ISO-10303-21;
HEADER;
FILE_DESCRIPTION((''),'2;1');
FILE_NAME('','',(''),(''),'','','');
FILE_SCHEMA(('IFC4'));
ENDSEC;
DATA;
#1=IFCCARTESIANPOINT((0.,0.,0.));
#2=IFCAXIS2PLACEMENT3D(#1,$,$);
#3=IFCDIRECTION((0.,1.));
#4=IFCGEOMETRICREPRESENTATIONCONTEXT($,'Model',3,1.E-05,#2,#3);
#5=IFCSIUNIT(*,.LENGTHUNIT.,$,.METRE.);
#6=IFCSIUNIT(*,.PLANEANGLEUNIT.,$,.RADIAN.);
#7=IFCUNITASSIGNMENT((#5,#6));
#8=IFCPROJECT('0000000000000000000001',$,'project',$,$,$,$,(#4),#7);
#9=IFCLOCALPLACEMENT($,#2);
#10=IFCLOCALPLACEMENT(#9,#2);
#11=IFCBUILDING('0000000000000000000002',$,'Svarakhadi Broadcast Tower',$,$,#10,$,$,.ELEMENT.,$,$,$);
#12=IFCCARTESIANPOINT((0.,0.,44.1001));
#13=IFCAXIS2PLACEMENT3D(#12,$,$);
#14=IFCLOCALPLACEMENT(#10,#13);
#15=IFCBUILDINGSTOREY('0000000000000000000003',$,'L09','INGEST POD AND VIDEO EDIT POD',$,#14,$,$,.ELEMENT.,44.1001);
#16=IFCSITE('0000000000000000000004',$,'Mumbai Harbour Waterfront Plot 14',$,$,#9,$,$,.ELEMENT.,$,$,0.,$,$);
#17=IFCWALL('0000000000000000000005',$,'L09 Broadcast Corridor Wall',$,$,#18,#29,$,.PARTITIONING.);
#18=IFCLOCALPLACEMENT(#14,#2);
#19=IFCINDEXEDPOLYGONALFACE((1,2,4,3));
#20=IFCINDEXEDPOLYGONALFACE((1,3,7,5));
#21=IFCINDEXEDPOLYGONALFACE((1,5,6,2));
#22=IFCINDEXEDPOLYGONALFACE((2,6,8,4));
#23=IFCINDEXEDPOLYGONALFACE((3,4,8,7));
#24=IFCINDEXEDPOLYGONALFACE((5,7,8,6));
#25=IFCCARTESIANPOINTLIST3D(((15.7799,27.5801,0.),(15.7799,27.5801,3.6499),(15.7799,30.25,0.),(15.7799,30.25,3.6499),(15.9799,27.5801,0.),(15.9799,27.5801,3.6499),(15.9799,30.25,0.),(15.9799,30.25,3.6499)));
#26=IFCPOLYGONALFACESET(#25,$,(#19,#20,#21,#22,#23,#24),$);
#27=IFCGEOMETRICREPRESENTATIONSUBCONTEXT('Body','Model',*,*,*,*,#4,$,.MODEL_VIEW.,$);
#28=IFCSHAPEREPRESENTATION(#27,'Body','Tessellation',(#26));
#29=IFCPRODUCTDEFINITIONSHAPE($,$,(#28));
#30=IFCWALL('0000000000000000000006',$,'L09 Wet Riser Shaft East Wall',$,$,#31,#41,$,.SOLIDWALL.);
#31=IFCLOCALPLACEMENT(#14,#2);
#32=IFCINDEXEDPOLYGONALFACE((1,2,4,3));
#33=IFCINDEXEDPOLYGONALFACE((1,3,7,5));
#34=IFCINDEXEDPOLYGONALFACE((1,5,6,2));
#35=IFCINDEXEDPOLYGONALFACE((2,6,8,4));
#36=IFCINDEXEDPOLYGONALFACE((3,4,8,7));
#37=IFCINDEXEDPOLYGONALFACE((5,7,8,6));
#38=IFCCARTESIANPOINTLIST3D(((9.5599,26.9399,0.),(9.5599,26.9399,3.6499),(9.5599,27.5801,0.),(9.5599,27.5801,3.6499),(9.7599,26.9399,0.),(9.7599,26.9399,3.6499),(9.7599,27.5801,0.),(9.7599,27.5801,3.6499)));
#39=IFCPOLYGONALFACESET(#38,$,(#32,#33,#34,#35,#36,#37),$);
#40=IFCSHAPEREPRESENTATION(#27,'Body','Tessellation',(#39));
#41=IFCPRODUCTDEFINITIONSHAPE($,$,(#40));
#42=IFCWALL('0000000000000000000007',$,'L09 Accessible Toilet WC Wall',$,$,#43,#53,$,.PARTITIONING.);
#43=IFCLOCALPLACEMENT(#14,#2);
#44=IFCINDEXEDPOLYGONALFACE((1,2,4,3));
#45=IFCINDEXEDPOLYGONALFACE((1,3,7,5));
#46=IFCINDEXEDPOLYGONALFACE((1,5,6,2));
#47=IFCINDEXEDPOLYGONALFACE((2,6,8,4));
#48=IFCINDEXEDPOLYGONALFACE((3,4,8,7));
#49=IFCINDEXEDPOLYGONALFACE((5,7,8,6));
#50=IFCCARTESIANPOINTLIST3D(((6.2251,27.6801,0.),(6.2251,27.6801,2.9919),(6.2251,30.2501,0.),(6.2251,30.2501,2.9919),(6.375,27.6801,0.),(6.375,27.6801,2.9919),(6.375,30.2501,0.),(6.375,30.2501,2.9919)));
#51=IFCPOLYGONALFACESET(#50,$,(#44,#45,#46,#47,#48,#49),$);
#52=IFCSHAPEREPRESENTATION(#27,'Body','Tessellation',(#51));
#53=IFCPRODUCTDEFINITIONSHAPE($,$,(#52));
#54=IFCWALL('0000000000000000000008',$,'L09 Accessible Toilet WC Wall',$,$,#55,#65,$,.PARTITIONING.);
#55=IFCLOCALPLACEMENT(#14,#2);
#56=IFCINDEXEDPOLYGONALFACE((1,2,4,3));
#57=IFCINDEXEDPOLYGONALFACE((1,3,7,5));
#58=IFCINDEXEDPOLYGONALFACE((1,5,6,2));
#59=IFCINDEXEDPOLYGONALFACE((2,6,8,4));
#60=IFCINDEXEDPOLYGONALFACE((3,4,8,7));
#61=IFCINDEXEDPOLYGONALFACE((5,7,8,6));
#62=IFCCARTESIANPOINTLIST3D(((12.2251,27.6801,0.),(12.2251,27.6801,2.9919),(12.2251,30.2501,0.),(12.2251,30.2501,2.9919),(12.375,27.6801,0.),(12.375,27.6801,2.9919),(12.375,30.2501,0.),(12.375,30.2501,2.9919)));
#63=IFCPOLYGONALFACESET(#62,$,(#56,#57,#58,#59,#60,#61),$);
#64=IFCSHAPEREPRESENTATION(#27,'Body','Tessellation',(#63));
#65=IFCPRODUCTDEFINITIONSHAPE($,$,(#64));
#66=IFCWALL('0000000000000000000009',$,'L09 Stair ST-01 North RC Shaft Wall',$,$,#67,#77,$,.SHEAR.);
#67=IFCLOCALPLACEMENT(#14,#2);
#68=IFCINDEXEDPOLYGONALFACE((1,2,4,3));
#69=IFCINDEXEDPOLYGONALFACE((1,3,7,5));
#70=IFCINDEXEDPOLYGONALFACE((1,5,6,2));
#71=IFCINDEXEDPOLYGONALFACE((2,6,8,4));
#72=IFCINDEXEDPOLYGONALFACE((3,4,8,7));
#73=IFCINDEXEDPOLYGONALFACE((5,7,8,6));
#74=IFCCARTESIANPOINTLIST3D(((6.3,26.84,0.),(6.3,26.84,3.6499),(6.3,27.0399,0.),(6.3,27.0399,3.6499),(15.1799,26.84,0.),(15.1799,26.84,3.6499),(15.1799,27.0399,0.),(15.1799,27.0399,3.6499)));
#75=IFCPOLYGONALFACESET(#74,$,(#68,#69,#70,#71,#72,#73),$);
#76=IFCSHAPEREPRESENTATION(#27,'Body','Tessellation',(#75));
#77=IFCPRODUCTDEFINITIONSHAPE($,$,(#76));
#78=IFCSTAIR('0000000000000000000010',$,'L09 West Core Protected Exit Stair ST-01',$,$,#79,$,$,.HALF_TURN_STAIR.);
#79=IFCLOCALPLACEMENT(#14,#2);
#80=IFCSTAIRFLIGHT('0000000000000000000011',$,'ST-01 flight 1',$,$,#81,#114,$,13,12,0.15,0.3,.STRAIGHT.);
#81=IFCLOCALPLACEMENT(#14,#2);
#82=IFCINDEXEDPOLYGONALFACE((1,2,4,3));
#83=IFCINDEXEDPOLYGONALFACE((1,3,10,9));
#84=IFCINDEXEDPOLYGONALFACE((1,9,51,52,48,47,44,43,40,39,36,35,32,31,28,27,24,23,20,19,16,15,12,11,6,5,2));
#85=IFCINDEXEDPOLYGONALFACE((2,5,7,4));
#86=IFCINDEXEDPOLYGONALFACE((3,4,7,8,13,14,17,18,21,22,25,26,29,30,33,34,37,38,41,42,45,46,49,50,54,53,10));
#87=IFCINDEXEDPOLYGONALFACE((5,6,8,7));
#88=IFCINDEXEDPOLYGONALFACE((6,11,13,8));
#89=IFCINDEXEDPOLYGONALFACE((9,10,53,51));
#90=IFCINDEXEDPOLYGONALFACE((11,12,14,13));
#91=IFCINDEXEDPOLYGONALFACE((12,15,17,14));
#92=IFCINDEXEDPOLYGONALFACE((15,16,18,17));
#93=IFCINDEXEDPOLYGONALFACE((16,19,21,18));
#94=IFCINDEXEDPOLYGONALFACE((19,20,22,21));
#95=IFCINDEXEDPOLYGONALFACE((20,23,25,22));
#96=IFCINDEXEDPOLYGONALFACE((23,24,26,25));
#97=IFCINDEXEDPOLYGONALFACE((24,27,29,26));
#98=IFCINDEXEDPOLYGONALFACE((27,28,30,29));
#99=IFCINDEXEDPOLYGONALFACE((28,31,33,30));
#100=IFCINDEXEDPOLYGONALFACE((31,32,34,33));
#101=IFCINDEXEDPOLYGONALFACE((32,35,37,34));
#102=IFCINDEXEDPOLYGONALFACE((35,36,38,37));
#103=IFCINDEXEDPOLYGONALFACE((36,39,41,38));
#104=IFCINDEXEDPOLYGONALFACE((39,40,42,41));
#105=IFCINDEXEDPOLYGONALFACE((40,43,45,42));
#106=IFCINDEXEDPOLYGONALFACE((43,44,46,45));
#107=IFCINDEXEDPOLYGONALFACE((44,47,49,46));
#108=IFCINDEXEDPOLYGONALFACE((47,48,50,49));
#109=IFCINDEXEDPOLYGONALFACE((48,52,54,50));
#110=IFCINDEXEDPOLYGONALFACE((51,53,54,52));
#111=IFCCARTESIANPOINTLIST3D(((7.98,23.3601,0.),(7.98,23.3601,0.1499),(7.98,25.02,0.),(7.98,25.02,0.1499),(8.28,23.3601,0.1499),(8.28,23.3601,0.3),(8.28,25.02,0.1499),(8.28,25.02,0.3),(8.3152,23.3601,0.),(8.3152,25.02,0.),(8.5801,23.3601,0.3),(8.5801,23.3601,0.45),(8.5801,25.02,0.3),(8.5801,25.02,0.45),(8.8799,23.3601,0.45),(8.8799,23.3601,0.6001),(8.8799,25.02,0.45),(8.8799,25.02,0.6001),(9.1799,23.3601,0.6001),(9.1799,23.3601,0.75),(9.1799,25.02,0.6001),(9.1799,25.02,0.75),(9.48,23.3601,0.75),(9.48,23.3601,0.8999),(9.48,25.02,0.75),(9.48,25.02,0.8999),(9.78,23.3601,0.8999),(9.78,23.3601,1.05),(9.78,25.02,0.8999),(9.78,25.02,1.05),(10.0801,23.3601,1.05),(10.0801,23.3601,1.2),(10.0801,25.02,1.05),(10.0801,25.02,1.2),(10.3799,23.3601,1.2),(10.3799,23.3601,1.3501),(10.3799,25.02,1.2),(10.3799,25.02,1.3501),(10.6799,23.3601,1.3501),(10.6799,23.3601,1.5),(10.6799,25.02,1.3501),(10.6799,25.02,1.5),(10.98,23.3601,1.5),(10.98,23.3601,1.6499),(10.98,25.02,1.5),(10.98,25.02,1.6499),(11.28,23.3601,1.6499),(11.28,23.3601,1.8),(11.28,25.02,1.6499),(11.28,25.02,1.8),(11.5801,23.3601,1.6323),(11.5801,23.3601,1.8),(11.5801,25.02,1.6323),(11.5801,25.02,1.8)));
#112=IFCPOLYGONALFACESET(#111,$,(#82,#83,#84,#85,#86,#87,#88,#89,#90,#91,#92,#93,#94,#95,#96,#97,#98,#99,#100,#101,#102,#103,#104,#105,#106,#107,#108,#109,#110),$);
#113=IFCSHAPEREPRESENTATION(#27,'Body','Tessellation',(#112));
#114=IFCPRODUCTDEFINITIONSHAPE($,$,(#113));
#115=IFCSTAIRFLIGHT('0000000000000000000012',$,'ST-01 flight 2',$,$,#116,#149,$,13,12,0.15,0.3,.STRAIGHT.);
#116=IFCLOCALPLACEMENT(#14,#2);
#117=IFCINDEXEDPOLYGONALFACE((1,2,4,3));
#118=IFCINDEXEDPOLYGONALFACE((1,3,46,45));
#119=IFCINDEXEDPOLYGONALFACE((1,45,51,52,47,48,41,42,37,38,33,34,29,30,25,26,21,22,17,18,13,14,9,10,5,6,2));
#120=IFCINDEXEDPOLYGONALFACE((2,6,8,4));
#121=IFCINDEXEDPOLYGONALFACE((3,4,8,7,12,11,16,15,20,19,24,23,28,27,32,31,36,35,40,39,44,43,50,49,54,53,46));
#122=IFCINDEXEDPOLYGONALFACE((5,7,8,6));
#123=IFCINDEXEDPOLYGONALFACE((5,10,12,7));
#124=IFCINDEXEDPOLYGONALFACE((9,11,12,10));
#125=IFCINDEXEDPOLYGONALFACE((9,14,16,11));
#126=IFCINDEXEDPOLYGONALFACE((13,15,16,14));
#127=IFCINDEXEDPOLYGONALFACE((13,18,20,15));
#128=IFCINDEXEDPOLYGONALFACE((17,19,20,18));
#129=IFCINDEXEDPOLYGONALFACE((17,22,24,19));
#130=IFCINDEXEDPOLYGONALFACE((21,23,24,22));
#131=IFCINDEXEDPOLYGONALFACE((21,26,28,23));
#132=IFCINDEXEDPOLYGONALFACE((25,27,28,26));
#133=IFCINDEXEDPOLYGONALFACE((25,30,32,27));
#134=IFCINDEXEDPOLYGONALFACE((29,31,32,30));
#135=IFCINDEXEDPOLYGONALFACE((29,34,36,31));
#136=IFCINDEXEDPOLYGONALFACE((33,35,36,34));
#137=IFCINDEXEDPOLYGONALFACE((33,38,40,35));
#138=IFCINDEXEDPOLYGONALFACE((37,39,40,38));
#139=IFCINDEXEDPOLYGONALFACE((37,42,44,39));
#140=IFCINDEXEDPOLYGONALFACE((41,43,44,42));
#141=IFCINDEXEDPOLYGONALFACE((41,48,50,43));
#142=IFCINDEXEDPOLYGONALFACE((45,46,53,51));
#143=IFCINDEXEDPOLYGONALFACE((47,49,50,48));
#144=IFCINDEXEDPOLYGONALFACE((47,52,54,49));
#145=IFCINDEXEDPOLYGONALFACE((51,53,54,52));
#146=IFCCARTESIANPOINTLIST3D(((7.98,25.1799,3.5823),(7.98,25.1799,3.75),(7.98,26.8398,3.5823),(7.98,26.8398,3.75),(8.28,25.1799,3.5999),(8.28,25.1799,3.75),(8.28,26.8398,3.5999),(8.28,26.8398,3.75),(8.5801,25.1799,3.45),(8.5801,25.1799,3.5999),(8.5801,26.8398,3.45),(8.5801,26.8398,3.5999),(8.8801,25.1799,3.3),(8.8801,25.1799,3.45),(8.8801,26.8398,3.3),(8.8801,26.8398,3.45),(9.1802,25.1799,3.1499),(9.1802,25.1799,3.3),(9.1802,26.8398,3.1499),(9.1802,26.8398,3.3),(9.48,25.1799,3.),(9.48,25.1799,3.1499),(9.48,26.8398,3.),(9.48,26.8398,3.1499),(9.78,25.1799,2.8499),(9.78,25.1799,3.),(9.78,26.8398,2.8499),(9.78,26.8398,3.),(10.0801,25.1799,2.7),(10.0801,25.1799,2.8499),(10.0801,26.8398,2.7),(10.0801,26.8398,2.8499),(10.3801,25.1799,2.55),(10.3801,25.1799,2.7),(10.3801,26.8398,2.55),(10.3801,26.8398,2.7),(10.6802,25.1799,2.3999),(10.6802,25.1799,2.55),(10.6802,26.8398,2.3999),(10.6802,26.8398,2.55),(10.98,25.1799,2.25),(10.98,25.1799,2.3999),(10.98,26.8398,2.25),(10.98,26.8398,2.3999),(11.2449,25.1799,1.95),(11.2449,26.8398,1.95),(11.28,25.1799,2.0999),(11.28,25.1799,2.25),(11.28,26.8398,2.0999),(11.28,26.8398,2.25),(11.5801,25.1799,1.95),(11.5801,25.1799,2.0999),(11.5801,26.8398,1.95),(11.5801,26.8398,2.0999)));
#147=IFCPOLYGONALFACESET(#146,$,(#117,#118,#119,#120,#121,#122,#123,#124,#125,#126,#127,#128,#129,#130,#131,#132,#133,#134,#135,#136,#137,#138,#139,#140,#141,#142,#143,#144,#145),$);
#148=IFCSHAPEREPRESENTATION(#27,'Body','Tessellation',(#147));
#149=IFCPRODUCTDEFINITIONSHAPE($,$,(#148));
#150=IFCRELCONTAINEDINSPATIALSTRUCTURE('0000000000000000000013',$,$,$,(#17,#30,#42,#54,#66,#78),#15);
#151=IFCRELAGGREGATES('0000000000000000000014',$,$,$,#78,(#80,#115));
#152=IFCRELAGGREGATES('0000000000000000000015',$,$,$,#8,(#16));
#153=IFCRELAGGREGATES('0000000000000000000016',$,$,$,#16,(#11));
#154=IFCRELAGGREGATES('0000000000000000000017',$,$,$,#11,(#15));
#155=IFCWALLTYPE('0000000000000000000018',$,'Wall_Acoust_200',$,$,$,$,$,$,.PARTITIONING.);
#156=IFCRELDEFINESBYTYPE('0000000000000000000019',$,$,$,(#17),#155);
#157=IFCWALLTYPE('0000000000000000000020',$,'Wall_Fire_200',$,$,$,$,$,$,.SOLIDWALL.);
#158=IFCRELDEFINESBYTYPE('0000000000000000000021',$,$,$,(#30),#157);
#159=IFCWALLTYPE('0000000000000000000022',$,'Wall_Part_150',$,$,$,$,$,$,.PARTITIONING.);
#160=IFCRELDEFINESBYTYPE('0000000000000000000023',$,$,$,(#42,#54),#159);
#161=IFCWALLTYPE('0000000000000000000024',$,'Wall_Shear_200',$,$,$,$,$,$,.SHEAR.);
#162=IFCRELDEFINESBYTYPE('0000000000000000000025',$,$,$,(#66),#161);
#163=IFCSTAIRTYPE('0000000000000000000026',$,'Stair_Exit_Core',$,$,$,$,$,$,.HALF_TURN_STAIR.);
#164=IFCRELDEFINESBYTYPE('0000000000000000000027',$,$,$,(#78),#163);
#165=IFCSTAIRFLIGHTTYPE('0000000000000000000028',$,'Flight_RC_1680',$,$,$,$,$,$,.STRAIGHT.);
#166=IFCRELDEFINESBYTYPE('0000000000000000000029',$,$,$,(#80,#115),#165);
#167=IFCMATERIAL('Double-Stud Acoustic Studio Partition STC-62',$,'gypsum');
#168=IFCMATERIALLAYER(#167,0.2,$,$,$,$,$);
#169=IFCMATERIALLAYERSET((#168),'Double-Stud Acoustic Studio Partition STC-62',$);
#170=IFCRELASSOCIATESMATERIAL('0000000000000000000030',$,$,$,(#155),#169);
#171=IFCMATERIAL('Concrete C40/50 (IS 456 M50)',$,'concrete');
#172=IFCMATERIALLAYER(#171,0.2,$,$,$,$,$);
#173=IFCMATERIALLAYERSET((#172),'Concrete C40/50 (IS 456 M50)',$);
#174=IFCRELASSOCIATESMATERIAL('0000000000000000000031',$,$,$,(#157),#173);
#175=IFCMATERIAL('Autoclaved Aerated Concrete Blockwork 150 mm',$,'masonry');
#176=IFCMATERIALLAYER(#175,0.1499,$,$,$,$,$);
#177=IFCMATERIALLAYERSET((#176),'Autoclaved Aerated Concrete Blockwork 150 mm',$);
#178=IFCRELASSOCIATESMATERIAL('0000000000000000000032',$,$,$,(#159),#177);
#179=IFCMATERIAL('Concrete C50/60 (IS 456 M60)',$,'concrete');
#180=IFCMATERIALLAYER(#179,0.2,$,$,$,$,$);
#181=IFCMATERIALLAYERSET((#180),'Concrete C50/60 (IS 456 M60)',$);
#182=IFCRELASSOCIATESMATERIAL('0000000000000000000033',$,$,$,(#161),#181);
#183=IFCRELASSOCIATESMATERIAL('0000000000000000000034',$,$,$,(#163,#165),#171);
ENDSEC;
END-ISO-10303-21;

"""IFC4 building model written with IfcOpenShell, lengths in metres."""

from ifc_helpers import new_model, si_unit, direction, frame, frame_2d, origin, place, context, subcontext, project, spatial, polyline, rectangle, outline, extrude, material, layer, layer_set, type_object, element, aggregate, save


model = new_model("IFC4")

# Units and contexts
model_context = context("Model", 3, precision=1e-05, world=origin(), true_north=direction((0.0, 1.0)))
body_context = subcontext(model_context, "Body", "Model", "MODEL_VIEW")
ifc_project = project(units=[si_unit("LENGTHUNIT", "METRE"), si_unit("PLANEANGLEUNIT", "RADIAN")], contexts=[model_context])

# Site, building, storey
site_placement = place(None, origin())
site = spatial("IfcSite", under=ifc_project, at=site_placement, Name="Mumbai Harbour Waterfront Plot 14", CompositionType="ELEMENT", RefElevation=0.0)
building_placement = place(site_placement, origin())
building = spatial("IfcBuilding", under=site, at=building_placement, Name="Svarakhadi Broadcast Tower", CompositionType="ELEMENT")
storey_placement = place(building_placement, frame((0.0, 0.0, 44.1001)))
storey = spatial("IfcBuildingStorey", under=building, at=storey_placement, Name="L09", Description="INGEST POD AND VIDEO EDIT POD", CompositionType="ELEMENT", Elevation=44.1001)

# Walls
ifc_material_1 = material(Name="Double-Stud Acoustic Studio Partition STC-62", Category="gypsum")
ifc_layer_1 = layer(ifc_material_1, 0.2)
ifc_layer_set_1 = layer_set([ifc_layer_1], Name="Double-Stud Acoustic Studio Partition STC-62")
wall_type_1 = type_object("IfcWallType", Name="Wall_Acoust_200", PredefinedType="PARTITIONING", material=ifc_layer_set_1)
wall_1_placement = place(storey_placement, frame((15.8799, 27.5801, 0.0), z_axis=(0.0, 0.0, 1.0), x_axis=(0.0, 1.0, 0.0)))
element("IfcWall", 1, at=wall_1_placement, inside=storey, type_object=wall_type_1, Name="L09 Broadcast Corridor Wall", PredefinedType="PARTITIONING", context=body_context, shape_type="SweptSolid", body=[
    extrude(rectangle(XDim=2.6699, YDim=0.2, at=frame_2d((1.335, 0.0))), origin(), (0.0, 0.0, 1.0), 3.6499),
])
ifc_material_2 = material(Name="Concrete C40/50 (IS 456 M50)", Category="concrete")
ifc_layer_2 = layer(ifc_material_2, 0.2)
ifc_layer_set_2 = layer_set([ifc_layer_2], Name="Concrete C40/50 (IS 456 M50)")
wall_type_2 = type_object("IfcWallType", Name="Wall_Fire_200", PredefinedType="SOLIDWALL", material=ifc_layer_set_2)
wall_2_placement = place(storey_placement, frame((9.6599, 26.9399, 0.0), z_axis=(0.0, 0.0, 1.0), x_axis=(0.0, 1.0, 0.0)))
element("IfcWall", 2, at=wall_2_placement, inside=storey, type_object=wall_type_2, Name="L09 Wet Riser Shaft East Wall", PredefinedType="SOLIDWALL", context=body_context, shape_type="SweptSolid", body=[
    extrude(rectangle(XDim=0.6401, YDim=0.2, at=frame_2d((0.3201, 0.0))), origin(), (0.0, 0.0, 1.0), 3.6499),
])
ifc_material_3 = material(Name="Autoclaved Aerated Concrete Blockwork 150 mm", Category="masonry")
ifc_layer_3 = layer(ifc_material_3, 0.1499)
ifc_layer_set_3 = layer_set([ifc_layer_3], Name="Autoclaved Aerated Concrete Blockwork 150 mm")
wall_type_3 = type_object("IfcWallType", Name="Wall_Part_150", PredefinedType="PARTITIONING", material=ifc_layer_set_3)
for number, where, z_axis, x_axis, name in (
    (3, (6.3, 27.6799, 0.0), (0.0, 0.0, 1.0), (0.0, 1.0, 0.0), "L09 Accessible Toilet WC Wall"),
    (4, (12.3, 27.6799, 0.0), (0.0, 0.0, 1.0), (0.0, 1.0, 0.0), "L09 Accessible Toilet WC Wall"),
):
    element("IfcWall", number, at=place(storey_placement, frame(where, z_axis=z_axis, x_axis=x_axis)), inside=storey, type_object=wall_type_3, Name=name, PredefinedType="PARTITIONING", context=body_context, shape_type="SweptSolid", body=[
        extrude(rectangle(XDim=2.5701, YDim=0.1499, at=frame_2d((1.2852, 0.0))), origin(), (0.0, 0.0, 1.0), 2.9919),
    ])
ifc_material_4 = material(Name="Concrete C50/60 (IS 456 M60)", Category="concrete")
ifc_layer_4 = layer(ifc_material_4, 0.2)
ifc_layer_set_4 = layer_set([ifc_layer_4], Name="Concrete C50/60 (IS 456 M60)")
wall_type_4 = type_object("IfcWallType", Name="Wall_Shear_200", PredefinedType="SHEAR", material=ifc_layer_set_4)
wall_3_placement = place(storey_placement, frame((6.3, 26.9399, 0.0), z_axis=(0.0, 0.0, 1.0), x_axis=(1.0, 0.0, 0.0)))
element("IfcWall", 5, at=wall_3_placement, inside=storey, type_object=wall_type_4, Name="L09 Stair ST-01 North RC Shaft Wall", PredefinedType="SHEAR", context=body_context, shape_type="SweptSolid", body=[
    extrude(rectangle(XDim=8.8799, YDim=0.2, at=frame_2d((4.4399, 0.0))), origin(), (0.0, 0.0, 1.0), 3.6499),
])

# Stair, stair flights
stair_type = type_object("IfcStairType", Name="Stair_Exit_Core", PredefinedType="HALF_TURN_STAIR", material=ifc_material_2)
stair_placement = place(storey_placement, origin())
stair = element("IfcStair", 6, at=stair_placement, inside=storey, type_object=stair_type, Name="L09 West Core Protected Exit Stair ST-01", PredefinedType="HALF_TURN_STAIR")
stair_flight_type = type_object("IfcStairFlightType", Name="Flight_RC_1680", PredefinedType="STRAIGHT", material=ifc_material_2)
stair_flight_1_placement = place(storey_placement, frame((7.98, 24.1899, 0.0), z_axis=(0.0, 0.0, 1.0), x_axis=(1.0, 0.0, 0.0)))
stair_flight_1 = element("IfcStairFlight", 7, at=stair_flight_1_placement, type_object=stair_flight_type, Name="ST-01 flight 1", NumberOfRisers=13, NumberOfTreads=12, PredefinedType="STRAIGHT", RiserHeight=0.15, TreadLength=0.3, context=body_context, shape_type="SweptSolid", body=[
    extrude(outline(polyline([(0.0, 0.0), (0.0, 0.1499), (0.3, 0.1499), (0.3, 0.3), (0.6001, 0.3), (0.6001, 0.45), (0.8999, 0.45), (0.8999, 0.6001), (1.2, 0.6001), (1.2, 0.75), (1.5, 0.75), (1.5, 0.8999), (1.8, 0.8999), (1.8, 1.05), (2.1001, 1.05), (2.1001, 1.2), (2.3999, 1.2), (2.3999, 1.3501), (2.7, 1.3501), (2.7, 1.5), (3.0, 1.5), (3.0, 1.6499), (3.3, 1.6499), (3.3, 1.8), (3.6001, 1.8), (3.6001, 1.95), (3.6001, 1.6323), (0.3352, 0.0), (0.0, 0.0)])), frame((0.0, 0.8301, 0.0), z_axis=(0.0, -1.0, 0.0), x_axis=(1.0, 0.0, 0.0)), (0.0, 0.0, 1.0), 1.6599),
])
stair_flight_2_placement = place(storey_placement, frame((11.5801, 26.01, 1.95), z_axis=(0.0, 0.0, 1.0), x_axis=(-1.0, 0.0, 0.0)))
stair_flight_2 = element("IfcStairFlight", 8, at=stair_flight_2_placement, type_object=stair_flight_type, Name="ST-01 flight 2", NumberOfRisers=13, NumberOfTreads=12, PredefinedType="STRAIGHT", RiserHeight=0.15, TreadLength=0.3, context=body_context, shape_type="SweptSolid", body=[
    extrude(outline(polyline([(0.0, 0.0), (0.0, 0.1499), (0.3, 0.1499), (0.3, 0.3), (0.6001, 0.3), (0.6001, 0.45), (0.8999, 0.45), (0.8999, 0.6001), (1.2, 0.6001), (1.2, 0.75), (1.5, 0.75), (1.5, 0.8999), (1.8, 0.8999), (1.8, 1.05), (2.1001, 1.05), (2.1001, 1.2), (2.3999, 1.2), (2.3999, 1.3501), (2.7, 1.3501), (2.7, 1.5), (3.0, 1.5), (3.0, 1.6499), (3.3, 1.6499), (3.3, 1.8), (3.6001, 1.8), (3.6001, 1.95), (3.6001, 1.6323), (0.3352, 0.0), (0.0, 0.0)])), frame((0.0, 0.8301, 0.0), z_axis=(0.0, -1.0, 0.0), x_axis=(1.0, 0.0, 0.0)), (0.0, 0.0, 1.0), 1.6599),
])
aggregate(stair, [stair_flight_1, stair_flight_2])

save(model, "model.ifc")
